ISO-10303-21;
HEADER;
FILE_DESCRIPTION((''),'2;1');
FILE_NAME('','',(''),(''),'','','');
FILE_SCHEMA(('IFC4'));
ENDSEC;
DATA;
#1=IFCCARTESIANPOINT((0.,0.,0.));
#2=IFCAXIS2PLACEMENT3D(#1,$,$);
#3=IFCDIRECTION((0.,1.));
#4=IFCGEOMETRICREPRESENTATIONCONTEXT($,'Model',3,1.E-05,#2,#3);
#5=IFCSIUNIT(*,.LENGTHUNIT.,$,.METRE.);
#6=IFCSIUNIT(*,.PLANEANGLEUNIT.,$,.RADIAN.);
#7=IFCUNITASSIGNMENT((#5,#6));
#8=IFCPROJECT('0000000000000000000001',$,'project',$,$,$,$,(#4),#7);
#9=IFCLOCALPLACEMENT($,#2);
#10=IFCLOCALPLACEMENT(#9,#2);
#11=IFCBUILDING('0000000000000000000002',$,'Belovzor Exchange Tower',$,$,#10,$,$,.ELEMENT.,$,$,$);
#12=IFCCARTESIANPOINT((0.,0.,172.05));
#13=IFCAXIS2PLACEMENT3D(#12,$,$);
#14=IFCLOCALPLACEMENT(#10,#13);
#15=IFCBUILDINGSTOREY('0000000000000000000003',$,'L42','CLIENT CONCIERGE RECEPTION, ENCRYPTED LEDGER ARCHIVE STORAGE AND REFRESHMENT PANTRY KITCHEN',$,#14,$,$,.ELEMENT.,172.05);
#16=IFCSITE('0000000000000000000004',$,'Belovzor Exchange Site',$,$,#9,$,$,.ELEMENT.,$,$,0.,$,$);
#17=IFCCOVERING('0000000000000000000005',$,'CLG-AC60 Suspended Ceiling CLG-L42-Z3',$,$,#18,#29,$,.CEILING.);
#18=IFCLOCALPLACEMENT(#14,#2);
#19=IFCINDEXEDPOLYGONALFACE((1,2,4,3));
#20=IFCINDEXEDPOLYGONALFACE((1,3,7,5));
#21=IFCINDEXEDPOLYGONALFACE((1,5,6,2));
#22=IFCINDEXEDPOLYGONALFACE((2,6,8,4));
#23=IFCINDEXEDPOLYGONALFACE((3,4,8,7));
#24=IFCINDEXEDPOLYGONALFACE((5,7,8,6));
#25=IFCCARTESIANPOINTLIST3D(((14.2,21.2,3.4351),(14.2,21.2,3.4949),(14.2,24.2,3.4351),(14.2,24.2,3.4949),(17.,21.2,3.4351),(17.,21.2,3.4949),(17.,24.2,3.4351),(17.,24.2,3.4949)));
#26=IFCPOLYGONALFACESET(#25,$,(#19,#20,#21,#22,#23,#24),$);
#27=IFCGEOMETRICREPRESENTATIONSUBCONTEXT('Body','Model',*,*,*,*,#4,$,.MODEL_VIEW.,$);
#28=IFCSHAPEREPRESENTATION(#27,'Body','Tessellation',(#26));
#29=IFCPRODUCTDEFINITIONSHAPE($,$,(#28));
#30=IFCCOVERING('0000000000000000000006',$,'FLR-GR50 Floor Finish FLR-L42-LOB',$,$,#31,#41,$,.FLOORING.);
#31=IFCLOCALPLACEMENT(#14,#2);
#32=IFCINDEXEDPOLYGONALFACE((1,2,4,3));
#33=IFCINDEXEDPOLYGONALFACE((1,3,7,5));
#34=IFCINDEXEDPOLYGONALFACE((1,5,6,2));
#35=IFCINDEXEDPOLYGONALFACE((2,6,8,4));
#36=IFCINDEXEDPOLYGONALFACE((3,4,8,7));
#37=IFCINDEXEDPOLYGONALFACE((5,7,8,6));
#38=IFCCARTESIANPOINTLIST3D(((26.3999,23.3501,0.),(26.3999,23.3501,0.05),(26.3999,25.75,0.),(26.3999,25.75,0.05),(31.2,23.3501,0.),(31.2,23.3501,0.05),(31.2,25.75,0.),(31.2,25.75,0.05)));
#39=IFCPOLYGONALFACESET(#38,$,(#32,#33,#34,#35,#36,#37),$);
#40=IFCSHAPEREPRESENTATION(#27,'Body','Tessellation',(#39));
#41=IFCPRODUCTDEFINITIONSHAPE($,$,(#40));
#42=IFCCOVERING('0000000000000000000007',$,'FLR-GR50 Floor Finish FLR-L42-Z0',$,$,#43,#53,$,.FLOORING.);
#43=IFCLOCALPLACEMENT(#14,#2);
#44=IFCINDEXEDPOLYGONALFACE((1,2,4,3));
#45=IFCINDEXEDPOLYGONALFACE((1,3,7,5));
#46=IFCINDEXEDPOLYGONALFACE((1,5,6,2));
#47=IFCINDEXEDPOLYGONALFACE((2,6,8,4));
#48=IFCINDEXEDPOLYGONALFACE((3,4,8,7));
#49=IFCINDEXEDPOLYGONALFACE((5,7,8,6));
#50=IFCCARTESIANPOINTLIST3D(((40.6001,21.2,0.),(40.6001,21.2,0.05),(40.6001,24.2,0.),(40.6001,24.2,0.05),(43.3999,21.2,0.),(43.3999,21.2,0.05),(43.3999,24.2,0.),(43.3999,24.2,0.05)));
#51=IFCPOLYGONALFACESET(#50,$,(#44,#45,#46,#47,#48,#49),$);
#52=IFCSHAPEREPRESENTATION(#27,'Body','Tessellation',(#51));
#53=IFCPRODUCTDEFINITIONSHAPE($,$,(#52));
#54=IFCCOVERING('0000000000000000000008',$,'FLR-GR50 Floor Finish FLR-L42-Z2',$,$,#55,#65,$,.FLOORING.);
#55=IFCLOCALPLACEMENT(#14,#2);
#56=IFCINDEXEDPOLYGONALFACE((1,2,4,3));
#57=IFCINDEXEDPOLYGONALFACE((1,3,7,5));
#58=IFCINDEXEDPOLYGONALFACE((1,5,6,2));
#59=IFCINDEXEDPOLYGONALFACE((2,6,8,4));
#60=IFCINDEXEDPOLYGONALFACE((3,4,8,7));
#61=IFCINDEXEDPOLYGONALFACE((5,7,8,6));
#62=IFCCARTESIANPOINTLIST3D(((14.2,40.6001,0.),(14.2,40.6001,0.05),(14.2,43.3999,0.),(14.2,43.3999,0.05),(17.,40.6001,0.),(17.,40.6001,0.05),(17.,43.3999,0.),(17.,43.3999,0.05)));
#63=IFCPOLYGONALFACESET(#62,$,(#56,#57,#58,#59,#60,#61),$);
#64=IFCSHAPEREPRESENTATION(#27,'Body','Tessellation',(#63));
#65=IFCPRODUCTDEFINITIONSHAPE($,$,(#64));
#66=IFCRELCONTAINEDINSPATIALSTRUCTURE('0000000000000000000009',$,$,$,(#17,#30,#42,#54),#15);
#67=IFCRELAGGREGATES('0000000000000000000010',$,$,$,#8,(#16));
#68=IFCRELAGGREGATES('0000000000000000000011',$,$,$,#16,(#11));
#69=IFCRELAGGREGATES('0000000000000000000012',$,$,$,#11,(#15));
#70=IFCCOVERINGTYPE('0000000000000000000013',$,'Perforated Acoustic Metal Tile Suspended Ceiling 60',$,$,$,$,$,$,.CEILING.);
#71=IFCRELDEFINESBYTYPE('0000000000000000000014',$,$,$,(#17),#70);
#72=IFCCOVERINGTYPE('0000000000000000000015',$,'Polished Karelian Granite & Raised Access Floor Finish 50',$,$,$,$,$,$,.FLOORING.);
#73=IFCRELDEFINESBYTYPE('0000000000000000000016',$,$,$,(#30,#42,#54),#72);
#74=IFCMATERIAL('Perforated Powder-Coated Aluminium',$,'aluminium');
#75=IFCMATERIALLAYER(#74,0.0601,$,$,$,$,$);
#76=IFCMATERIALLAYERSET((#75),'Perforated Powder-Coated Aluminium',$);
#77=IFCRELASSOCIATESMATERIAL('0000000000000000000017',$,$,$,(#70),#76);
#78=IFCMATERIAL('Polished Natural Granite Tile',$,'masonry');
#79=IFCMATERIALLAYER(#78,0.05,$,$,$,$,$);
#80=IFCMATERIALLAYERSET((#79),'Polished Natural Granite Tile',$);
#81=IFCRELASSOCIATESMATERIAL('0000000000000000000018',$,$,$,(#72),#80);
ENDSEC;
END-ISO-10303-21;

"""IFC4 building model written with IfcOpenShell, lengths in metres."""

from ifc_helpers import new_model, si_unit, direction, frame, origin, place, context, subcontext, project, spatial, polyline, outline, extrude, material, layer, layer_set, type_object, element, save


model = new_model("IFC4")

# Units and contexts
model_context = context("Model", 3, precision=1e-05, world=origin(), true_north=direction((0.0, 1.0)))
body_context = subcontext(model_context, "Body", "Model", "MODEL_VIEW")
ifc_project = project(units=[si_unit("LENGTHUNIT", "METRE"), si_unit("PLANEANGLEUNIT", "RADIAN")], contexts=[model_context])

# Site, building, storey
site_placement = place(None, origin())
site = spatial("IfcSite", under=ifc_project, at=site_placement, Name="Belovzor Exchange Site", CompositionType="ELEMENT", RefElevation=0.0)
building_placement = place(site_placement, origin())
building = spatial("IfcBuilding", under=site, at=building_placement, Name="Belovzor Exchange Tower", CompositionType="ELEMENT")
storey_placement = place(building_placement, frame((0.0, 0.0, 172.05)))
storey = spatial("IfcBuildingStorey", under=building, at=storey_placement, Name="L42", Description="CLIENT CONCIERGE RECEPTION, ENCRYPTED LEDGER ARCHIVE STORAGE AND REFRESHMENT PANTRY KITCHEN", CompositionType="ELEMENT", Elevation=172.05)

# Coverings
ifc_material_1 = material(Name="Perforated Powder-Coated Aluminium", Category="aluminium")
ifc_layer_1 = layer(ifc_material_1, 0.0601)
ifc_layer_set_1 = layer_set([ifc_layer_1], Name="Perforated Powder-Coated Aluminium")
covering_type_1 = type_object("IfcCoveringType", Name="Perforated Acoustic Metal Tile Suspended Ceiling 60", PredefinedType="CEILING", material=ifc_layer_set_1)
covering_1_placement = place(storey_placement, frame((0.0, 0.0, 3.4351)))
element("IfcCovering", 1, at=covering_1_placement, inside=storey, type_object=covering_type_1, Name="CLG-AC60 Suspended Ceiling CLG-L42-Z3", PredefinedType="CEILING", context=body_context, shape_type="SweptSolid", body=[
    extrude(outline(polyline([(14.2, 21.2), (17.0, 21.2), (17.0, 24.2), (14.2, 24.2), (14.2, 21.2)])), origin(), (0.0, 0.0, 1.0), 0.0598),
])
ifc_material_2 = material(Name="Polished Natural Granite Tile", Category="masonry")
ifc_layer_2 = layer(ifc_material_2, 0.05)
ifc_layer_set_2 = layer_set([ifc_layer_2], Name="Polished Natural Granite Tile")
covering_type_2 = type_object("IfcCoveringType", Name="Polished Karelian Granite & Raised Access Floor Finish 50", PredefinedType="FLOORING", material=ifc_layer_set_2)
covering_2_placement = place(storey_placement, origin())
element("IfcCovering", 2, at=covering_2_placement, inside=storey, type_object=covering_type_2, Name="FLR-GR50 Floor Finish FLR-L42-LOB", PredefinedType="FLOORING", context=body_context, shape_type="SweptSolid", body=[
    extrude(outline(polyline([(26.3999, 23.3501), (31.2, 23.3501), (31.2, 25.75), (26.3999, 25.75), (26.3999, 23.3501)])), origin(), (0.0, 0.0, 1.0), 0.05),
])
covering_3_placement = place(storey_placement, origin())
element("IfcCovering", 3, at=covering_3_placement, inside=storey, type_object=covering_type_2, Name="FLR-GR50 Floor Finish FLR-L42-Z0", PredefinedType="FLOORING", context=body_context, shape_type="SweptSolid", body=[
    extrude(outline(polyline([(40.6001, 21.2), (43.3999, 21.2), (43.3999, 24.2), (40.6001, 24.2), (40.6001, 21.2)])), origin(), (0.0, 0.0, 1.0), 0.05),
])
covering_4_placement = place(storey_placement, origin())
element("IfcCovering", 4, at=covering_4_placement, inside=storey, type_object=covering_type_2, Name="FLR-GR50 Floor Finish FLR-L42-Z2", PredefinedType="FLOORING", context=body_context, shape_type="SweptSolid", body=[
    extrude(outline(polyline([(14.2, 40.6001), (17.0, 40.6001), (17.0, 43.3999), (14.2, 43.3999), (14.2, 40.6001)])), origin(), (0.0, 0.0, 1.0), 0.05),
])

save(model, "model.ifc")
